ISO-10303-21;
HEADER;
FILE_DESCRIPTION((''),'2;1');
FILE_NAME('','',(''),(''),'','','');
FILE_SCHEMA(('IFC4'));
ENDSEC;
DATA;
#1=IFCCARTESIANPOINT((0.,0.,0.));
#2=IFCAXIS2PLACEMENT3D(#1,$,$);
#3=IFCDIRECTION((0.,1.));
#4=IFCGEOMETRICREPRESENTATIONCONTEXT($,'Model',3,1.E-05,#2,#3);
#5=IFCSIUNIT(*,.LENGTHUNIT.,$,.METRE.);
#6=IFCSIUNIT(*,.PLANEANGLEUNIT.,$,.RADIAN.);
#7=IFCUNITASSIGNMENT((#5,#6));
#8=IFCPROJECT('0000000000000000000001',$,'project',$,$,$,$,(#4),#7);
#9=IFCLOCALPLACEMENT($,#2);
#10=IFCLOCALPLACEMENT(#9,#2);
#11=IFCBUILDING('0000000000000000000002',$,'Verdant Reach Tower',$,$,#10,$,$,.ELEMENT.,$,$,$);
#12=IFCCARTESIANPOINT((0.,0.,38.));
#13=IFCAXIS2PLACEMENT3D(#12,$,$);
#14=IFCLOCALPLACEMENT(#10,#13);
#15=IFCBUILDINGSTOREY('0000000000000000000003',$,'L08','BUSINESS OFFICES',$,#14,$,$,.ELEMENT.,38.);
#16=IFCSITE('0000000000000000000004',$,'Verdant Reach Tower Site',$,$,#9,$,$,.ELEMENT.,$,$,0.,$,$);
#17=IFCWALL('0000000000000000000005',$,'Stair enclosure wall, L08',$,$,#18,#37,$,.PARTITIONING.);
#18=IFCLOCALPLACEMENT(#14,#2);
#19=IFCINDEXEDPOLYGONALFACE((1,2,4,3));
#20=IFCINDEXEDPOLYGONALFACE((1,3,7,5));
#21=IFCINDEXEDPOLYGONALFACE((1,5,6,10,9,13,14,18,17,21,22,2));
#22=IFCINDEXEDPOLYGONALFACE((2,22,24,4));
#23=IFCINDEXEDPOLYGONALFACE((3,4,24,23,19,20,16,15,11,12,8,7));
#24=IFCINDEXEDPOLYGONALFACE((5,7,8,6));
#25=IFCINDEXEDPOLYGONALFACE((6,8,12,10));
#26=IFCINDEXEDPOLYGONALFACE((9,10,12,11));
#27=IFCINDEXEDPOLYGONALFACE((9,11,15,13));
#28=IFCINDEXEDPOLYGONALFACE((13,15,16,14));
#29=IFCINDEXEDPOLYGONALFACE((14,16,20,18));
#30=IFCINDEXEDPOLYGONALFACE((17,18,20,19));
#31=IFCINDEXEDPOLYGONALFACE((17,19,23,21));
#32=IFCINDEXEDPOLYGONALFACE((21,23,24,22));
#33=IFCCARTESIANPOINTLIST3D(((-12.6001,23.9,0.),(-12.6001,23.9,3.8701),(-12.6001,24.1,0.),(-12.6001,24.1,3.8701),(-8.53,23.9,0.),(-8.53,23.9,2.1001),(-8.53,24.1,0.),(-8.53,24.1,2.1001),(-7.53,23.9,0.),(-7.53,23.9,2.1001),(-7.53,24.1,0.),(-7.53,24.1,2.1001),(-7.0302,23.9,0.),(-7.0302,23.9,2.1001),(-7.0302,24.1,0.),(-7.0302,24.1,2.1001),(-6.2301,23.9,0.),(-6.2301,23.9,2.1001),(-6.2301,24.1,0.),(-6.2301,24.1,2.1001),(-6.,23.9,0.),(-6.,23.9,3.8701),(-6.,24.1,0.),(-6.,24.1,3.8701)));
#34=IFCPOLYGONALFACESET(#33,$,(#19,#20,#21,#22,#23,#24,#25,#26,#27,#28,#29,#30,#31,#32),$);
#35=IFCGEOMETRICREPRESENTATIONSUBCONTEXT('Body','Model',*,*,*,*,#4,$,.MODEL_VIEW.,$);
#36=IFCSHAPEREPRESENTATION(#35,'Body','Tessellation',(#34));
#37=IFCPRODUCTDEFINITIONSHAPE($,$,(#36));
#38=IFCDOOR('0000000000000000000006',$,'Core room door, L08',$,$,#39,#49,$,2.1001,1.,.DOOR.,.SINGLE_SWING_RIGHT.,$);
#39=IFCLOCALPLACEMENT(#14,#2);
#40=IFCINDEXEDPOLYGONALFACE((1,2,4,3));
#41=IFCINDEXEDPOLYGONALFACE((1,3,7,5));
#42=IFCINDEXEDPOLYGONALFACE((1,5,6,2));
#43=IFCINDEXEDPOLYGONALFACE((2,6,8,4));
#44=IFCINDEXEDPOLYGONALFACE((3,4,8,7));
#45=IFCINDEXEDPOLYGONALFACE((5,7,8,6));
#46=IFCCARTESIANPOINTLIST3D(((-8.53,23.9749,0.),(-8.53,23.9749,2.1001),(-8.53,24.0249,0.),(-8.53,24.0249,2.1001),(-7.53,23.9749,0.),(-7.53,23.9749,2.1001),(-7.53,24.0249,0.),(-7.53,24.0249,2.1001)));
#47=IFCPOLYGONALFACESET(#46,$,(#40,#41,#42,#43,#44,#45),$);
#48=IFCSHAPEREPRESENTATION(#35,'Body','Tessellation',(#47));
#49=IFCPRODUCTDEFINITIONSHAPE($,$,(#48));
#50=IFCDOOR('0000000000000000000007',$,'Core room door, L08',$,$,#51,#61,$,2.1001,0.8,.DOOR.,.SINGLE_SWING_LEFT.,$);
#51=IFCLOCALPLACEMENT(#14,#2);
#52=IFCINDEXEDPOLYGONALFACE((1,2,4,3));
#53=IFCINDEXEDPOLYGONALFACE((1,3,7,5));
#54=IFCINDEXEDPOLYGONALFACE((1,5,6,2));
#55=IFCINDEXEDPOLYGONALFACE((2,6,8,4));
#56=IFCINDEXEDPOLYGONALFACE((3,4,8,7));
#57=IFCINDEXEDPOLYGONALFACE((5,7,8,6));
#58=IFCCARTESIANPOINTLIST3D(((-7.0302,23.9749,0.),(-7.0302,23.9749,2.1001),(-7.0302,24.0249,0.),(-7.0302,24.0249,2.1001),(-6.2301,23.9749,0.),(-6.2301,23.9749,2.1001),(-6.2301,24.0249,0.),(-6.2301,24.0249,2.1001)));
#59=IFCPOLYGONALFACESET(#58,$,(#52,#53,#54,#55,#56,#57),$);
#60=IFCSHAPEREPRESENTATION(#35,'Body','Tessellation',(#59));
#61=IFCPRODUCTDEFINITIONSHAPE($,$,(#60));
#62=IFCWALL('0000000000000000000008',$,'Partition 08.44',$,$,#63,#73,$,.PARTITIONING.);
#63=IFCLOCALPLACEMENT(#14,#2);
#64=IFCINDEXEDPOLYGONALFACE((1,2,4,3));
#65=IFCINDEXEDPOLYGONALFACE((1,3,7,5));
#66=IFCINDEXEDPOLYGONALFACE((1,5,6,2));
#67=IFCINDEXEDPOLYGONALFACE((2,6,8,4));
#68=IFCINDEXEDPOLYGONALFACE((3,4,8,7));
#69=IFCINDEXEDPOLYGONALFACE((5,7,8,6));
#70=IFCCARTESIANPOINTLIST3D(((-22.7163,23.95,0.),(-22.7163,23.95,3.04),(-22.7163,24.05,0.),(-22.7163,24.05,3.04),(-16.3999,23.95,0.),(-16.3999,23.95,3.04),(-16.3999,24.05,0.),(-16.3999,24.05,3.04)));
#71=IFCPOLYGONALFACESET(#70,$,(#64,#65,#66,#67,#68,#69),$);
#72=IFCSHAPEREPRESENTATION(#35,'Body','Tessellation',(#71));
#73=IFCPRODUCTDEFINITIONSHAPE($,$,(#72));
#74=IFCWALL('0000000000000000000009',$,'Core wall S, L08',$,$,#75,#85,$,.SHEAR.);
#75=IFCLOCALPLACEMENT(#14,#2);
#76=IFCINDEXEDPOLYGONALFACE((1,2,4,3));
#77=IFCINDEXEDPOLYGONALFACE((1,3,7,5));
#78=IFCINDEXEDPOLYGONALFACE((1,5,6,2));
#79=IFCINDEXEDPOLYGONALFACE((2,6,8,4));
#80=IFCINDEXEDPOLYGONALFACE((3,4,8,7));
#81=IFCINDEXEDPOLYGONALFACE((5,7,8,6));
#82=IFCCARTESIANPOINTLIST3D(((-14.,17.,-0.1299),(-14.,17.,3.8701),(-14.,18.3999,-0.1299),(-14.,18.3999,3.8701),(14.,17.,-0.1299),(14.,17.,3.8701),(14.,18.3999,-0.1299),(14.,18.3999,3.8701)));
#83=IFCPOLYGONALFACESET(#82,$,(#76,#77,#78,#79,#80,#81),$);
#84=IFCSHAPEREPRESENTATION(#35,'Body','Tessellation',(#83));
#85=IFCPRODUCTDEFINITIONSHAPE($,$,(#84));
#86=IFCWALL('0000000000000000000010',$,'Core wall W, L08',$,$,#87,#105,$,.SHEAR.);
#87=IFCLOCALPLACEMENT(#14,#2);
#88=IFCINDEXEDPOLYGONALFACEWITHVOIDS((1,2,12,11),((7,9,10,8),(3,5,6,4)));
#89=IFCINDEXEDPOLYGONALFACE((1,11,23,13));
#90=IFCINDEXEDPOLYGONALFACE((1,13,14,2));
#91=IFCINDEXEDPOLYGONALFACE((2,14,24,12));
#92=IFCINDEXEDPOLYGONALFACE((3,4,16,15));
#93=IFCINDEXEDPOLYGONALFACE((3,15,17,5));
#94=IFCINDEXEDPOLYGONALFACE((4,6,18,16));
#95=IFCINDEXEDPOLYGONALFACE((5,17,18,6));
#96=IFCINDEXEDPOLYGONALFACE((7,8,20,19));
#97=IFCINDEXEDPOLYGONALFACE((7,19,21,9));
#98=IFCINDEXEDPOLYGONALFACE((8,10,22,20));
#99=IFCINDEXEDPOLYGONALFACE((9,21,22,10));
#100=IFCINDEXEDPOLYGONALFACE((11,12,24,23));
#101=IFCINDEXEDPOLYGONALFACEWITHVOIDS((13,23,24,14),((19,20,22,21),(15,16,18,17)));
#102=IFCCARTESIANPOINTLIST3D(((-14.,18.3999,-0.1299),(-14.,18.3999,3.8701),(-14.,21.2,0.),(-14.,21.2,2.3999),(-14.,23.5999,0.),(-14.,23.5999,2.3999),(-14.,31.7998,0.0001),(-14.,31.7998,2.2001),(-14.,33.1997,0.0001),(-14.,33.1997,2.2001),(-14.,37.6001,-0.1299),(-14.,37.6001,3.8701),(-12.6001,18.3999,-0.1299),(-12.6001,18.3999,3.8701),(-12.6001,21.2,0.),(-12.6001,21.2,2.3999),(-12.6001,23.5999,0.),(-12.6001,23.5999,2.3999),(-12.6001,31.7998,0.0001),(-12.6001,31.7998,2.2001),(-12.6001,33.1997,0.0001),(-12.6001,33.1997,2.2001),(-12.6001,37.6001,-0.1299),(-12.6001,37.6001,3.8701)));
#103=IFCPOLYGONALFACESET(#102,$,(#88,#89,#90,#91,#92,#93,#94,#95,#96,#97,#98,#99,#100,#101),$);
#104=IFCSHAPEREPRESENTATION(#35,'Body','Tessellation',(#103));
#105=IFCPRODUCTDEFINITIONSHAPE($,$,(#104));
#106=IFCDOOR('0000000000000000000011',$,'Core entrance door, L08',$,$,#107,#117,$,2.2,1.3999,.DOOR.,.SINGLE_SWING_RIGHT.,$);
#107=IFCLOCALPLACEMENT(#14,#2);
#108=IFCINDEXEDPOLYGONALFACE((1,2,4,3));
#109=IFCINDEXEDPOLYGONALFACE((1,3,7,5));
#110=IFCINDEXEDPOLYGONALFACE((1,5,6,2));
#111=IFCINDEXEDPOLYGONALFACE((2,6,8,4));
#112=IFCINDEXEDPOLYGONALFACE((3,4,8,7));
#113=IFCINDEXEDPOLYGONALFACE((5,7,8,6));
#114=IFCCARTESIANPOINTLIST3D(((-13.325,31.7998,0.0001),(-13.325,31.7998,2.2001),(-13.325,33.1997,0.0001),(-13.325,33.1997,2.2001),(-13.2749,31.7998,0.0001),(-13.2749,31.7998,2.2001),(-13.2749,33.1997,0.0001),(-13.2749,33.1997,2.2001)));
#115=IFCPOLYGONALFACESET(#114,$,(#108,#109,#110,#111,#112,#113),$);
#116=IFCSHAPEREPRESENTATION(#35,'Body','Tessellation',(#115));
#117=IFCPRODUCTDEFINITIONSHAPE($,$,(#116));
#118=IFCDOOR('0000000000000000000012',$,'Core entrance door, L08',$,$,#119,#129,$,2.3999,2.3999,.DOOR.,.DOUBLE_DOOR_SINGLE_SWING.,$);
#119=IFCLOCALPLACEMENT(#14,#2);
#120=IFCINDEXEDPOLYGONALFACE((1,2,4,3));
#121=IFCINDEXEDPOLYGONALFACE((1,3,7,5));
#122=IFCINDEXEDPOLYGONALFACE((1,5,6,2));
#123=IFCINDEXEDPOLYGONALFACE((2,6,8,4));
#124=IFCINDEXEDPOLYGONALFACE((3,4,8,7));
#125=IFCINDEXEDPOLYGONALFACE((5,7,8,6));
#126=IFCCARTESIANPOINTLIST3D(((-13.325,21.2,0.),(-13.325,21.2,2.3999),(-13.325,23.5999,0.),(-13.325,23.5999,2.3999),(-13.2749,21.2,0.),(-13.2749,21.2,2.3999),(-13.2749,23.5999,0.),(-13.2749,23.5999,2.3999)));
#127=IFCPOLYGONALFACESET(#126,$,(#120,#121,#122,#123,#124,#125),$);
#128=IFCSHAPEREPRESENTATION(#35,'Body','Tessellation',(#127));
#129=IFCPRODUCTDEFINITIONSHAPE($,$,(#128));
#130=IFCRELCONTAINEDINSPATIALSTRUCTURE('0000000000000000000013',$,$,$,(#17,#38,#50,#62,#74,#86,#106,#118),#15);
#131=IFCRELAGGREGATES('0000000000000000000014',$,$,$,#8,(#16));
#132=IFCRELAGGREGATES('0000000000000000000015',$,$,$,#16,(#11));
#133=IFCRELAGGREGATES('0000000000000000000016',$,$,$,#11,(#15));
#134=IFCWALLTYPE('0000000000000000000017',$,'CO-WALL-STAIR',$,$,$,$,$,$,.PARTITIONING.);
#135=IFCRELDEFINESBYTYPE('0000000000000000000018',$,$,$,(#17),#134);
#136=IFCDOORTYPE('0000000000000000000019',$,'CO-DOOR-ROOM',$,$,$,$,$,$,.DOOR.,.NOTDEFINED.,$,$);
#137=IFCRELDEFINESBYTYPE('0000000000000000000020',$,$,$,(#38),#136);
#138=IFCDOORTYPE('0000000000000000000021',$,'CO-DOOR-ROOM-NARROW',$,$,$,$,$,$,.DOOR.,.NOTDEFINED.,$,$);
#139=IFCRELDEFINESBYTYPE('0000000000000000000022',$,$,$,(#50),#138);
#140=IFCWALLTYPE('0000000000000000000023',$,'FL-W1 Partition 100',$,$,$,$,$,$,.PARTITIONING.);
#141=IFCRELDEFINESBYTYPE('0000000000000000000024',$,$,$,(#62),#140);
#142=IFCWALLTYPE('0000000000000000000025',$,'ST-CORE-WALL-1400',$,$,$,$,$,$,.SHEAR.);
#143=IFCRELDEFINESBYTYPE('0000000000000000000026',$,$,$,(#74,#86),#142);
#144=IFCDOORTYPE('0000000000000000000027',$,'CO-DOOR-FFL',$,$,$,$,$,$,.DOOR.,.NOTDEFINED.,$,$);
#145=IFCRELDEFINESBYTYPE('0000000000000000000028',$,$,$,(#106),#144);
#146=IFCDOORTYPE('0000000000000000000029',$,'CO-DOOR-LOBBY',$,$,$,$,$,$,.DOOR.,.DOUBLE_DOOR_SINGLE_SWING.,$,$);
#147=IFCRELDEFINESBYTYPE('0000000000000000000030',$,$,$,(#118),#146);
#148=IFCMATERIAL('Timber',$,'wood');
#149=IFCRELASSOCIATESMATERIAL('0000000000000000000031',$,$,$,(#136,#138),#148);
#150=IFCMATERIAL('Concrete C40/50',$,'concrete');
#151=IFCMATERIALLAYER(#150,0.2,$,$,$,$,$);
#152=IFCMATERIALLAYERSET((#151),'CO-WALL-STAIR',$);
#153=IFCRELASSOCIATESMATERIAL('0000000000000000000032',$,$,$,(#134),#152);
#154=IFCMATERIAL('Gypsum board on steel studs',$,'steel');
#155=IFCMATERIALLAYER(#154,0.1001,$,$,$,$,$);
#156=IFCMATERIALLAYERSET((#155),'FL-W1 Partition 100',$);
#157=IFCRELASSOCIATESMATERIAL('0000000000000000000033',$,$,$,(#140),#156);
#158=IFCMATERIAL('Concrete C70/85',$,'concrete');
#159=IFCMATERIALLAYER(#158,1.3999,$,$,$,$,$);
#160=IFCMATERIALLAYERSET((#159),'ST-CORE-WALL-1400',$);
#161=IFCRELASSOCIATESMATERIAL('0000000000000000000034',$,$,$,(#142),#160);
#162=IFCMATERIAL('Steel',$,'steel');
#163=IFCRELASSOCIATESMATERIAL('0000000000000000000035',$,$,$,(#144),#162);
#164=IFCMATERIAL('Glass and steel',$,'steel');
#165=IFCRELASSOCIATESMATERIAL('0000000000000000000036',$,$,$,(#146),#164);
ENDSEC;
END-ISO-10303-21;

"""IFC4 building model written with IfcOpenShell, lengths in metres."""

from ifc_helpers import new_model, si_unit, direction, frame, frame_2d, origin, place, context, subcontext, project, spatial, rectangle, extrude, material, layer, layer_set, type_object, element, fill, save


model = new_model("IFC4")

# Units and contexts
model_context = context("Model", 3, precision=1e-05, world=origin(), true_north=direction((0.0, 1.0)))
body_context = subcontext(model_context, "Body", "Model", "MODEL_VIEW")
ifc_project = project(units=[si_unit("LENGTHUNIT", "METRE"), si_unit("PLANEANGLEUNIT", "RADIAN")], contexts=[model_context])

# Site, building, storey
site_placement = place(None, origin())
site = spatial("IfcSite", under=ifc_project, at=site_placement, Name="Verdant Reach Tower Site", CompositionType="ELEMENT", RefElevation=0.0)
building_placement = place(site_placement, origin())
building = spatial("IfcBuilding", under=site, at=building_placement, Name="Verdant Reach Tower", CompositionType="ELEMENT")
storey_placement = place(building_placement, frame((0.0, 0.0, 38.0)))
storey = spatial("IfcBuildingStorey", under=building, at=storey_placement, Name="L08", Description="BUSINESS OFFICES", CompositionType="ELEMENT", Elevation=38.0)

# Wall, openings, doors
ifc_material_1 = material(Name="Gypsum board on steel studs", Category="steel")
ifc_material_2 = material(Name="Timber", Category="wood")
door_type_1 = type_object("IfcDoorType", Name="CO-DOOR-ROOM", OperationType="NOTDEFINED", PredefinedType="DOOR", material=ifc_material_2)
ifc_material_3 = material(Name="Concrete C40/50", Category="concrete")
ifc_layer_1 = layer(ifc_material_3, 0.2)
ifc_layer_set_1 = layer_set([ifc_layer_1], Name="CO-WALL-STAIR")
wall_type_1 = type_object("IfcWallType", Name="CO-WALL-STAIR", PredefinedType="PARTITIONING", material=ifc_layer_set_1)
wall_1_placement = place(storey_placement, frame((-12.6001, 24.0, 0.0), z_axis=(0.0, 0.0, 1.0), x_axis=(1.0, 0.0, 0.0)))
wall_1 = element("IfcWall", 1, at=wall_1_placement, inside=storey, type_object=wall_type_1, Name="Stair enclosure wall, L08", PredefinedType="PARTITIONING", context=body_context, shape_type="SweptSolid", body=[
    extrude(rectangle(XDim=6.6001, YDim=0.2, at=frame_2d((3.3, 0.0))), origin(), (0.0, 0.0, 1.0), 3.8701),
])
opening_1_placement = place(wall_1_placement, frame((4.0701, 0.0, 0.0)))
opening_1 = element("IfcOpeningElement", 2, at=opening_1_placement, cuts=wall_1, PredefinedType="OPENING", context=body_context, shape_type="SweptSolid", body=[
    extrude(rectangle(XDim=1.0, YDim=2.1001, at=frame_2d((0.5, 1.05))), frame((0.0, 0.1099, 0.0), z_axis=(0.0, -1.0, 0.0), x_axis=(1.0, 0.0, 0.0)), (0.0, 0.0, 1.0), 0.22),
])
opening_2_placement = place(wall_1_placement, frame((5.5701, 0.0, 0.0)))
opening_2 = element("IfcOpeningElement", 3, at=opening_2_placement, cuts=wall_1, PredefinedType="OPENING", context=body_context, shape_type="SweptSolid", body=[
    extrude(rectangle(XDim=0.8, YDim=2.1001, at=frame_2d((0.3999, 1.05))), frame((0.0, 0.1099, 0.0), z_axis=(0.0, -1.0, 0.0), x_axis=(1.0, 0.0, 0.0)), (0.0, 0.0, 1.0), 0.22),
])
door_1_placement = place(opening_1_placement, origin())
door_1 = element("IfcDoor", 4, at=door_1_placement, inside=storey, type_object=door_type_1, Name="Core room door, L08", OperationType="SINGLE_SWING_RIGHT", OverallHeight=2.1001, OverallWidth=1.0, PredefinedType="DOOR", context=body_context, shape_type="SweptSolid", body=[
    extrude(rectangle(XDim=1.0, YDim=2.1001, at=frame_2d((0.5, 1.05))), frame((0.0, 0.0249, 0.0), z_axis=(0.0, -1.0, 0.0), x_axis=(1.0, 0.0, 0.0)), (0.0, 0.0, 1.0), 0.05),
])
fill(opening_1, door_1)
door_type_2 = type_object("IfcDoorType", Name="CO-DOOR-ROOM-NARROW", OperationType="NOTDEFINED", PredefinedType="DOOR", material=ifc_material_2)
door_2_placement = place(opening_2_placement, origin())
door_2 = element("IfcDoor", 5, at=door_2_placement, inside=storey, type_object=door_type_2, Name="Core room door, L08", OperationType="SINGLE_SWING_LEFT", OverallHeight=2.1001, OverallWidth=0.8, PredefinedType="DOOR", context=body_context, shape_type="SweptSolid", body=[
    extrude(rectangle(XDim=0.8, YDim=2.1001, at=frame_2d((0.3999, 1.05))), frame((0.0, 0.0249, 0.0), z_axis=(0.0, -1.0, 0.0), x_axis=(1.0, 0.0, 0.0)), (0.0, 0.0, 1.0), 0.05),
])
fill(opening_2, door_2)

# Walls
ifc_layer_2 = layer(ifc_material_1, 0.1001)
ifc_layer_set_2 = layer_set([ifc_layer_2], Name="FL-W1 Partition 100")
wall_type_2 = type_object("IfcWallType", Name="FL-W1 Partition 100", PredefinedType="PARTITIONING", material=ifc_layer_set_2)
wall_2_placement = place(storey_placement, frame((-16.3999, 24.0, 0.0), z_axis=(0.0, 0.0, 1.0), x_axis=(-1.0, 0.0, 0.0)))
element("IfcWall", 6, at=wall_2_placement, inside=storey, type_object=wall_type_2, Name="Partition 08.44", PredefinedType="PARTITIONING", context=body_context, shape_type="SweptSolid", body=[
    extrude(rectangle(XDim=6.3164, YDim=0.1001, at=frame_2d((3.1582, 0.0))), origin(), (0.0, 0.0, 1.0), 3.04),
])
ifc_material_4 = material(Name="Concrete C70/85", Category="concrete")
ifc_layer_3 = layer(ifc_material_4, 1.3999)
ifc_layer_set_3 = layer_set([ifc_layer_3], Name="ST-CORE-WALL-1400")
wall_type_3 = type_object("IfcWallType", Name="ST-CORE-WALL-1400", PredefinedType="SHEAR", material=ifc_layer_set_3)
wall_3_placement = place(storey_placement, frame((-14.0, 17.7, -0.1299), z_axis=(0.0, 0.0, 1.0), x_axis=(1.0, 0.0, 0.0)))
element("IfcWall", 7, at=wall_3_placement, inside=storey, type_object=wall_type_3, Name="Core wall S, L08", PredefinedType="SHEAR", context=body_context, shape_type="SweptSolid", body=[
    extrude(rectangle(XDim=28.0, YDim=1.3999, at=frame_2d((14.0, 0.0))), origin(), (0.0, 0.0, 1.0), 4.0),
])

# Wall, openings, doors
wall_4_placement = place(storey_placement, frame((-13.3, 18.3999, -0.1299), z_axis=(0.0, 0.0, 1.0), x_axis=(0.0, 1.0, 0.0)))
wall_4 = element("IfcWall", 8, at=wall_4_placement, inside=storey, type_object=wall_type_3, Name="Core wall W, L08", PredefinedType="SHEAR", context=body_context, shape_type="SweptSolid", body=[
    extrude(rectangle(XDim=19.2002, YDim=1.3999, at=frame_2d((9.6001, 0.0))), origin(), (0.0, 0.0, 1.0), 4.0),
])
opening_3_placement = place(wall_4_placement, frame((2.8, 0.0, 0.1299)))
opening_3 = element("IfcOpeningElement", 9, at=opening_3_placement, cuts=wall_4, PredefinedType="OPENING", context=body_context, shape_type="SweptSolid", body=[
    extrude(rectangle(XDim=2.3999, YDim=2.3999, at=frame_2d((1.2, 1.2))), frame((0.0, 0.71, 0.0), z_axis=(0.0, -1.0, 0.0), x_axis=(1.0, 0.0, 0.0)), (0.0, 0.0, 1.0), 1.4199),
])
opening_4_placement = place(wall_4_placement, frame((13.3999, 0.0, 0.1299)))
opening_4 = element("IfcOpeningElement", 10, at=opening_4_placement, cuts=wall_4, PredefinedType="OPENING", context=body_context, shape_type="SweptSolid", body=[
    extrude(rectangle(XDim=1.3999, YDim=2.2, at=frame_2d((0.7, 1.1001))), frame((0.0, 0.71, 0.0), z_axis=(0.0, -1.0, 0.0), x_axis=(1.0, 0.0, 0.0)), (0.0, 0.0, 1.0), 1.4199),
])
ifc_material_5 = material(Name="Steel", Category="steel")
door_type_3 = type_object("IfcDoorType", Name="CO-DOOR-FFL", OperationType="NOTDEFINED", PredefinedType="DOOR", material=ifc_material_5)
door_3_placement = place(opening_4_placement, origin())
door_3 = element("IfcDoor", 11, at=door_3_placement, inside=storey, type_object=door_type_3, Name="Core entrance door, L08", OperationType="SINGLE_SWING_RIGHT", OverallHeight=2.2, OverallWidth=1.3999, PredefinedType="DOOR", context=body_context, shape_type="SweptSolid", body=[
    extrude(rectangle(XDim=1.3999, YDim=2.2, at=frame_2d((0.7, 1.1001))), frame((0.0, 0.0249, 0.0), z_axis=(0.0, -1.0, 0.0), x_axis=(1.0, 0.0, 0.0)), (0.0, 0.0, 1.0), 0.05),
])
fill(opening_4, door_3)
ifc_material_6 = material(Name="Glass and steel", Category="steel")
door_type_4 = type_object("IfcDoorType", Name="CO-DOOR-LOBBY", OperationType="DOUBLE_DOOR_SINGLE_SWING", PredefinedType="DOOR", material=ifc_material_6)
door_4_placement = place(opening_3_placement, origin())
door_4 = element("IfcDoor", 12, at=door_4_placement, inside=storey, type_object=door_type_4, Name="Core entrance door, L08", OperationType="DOUBLE_DOOR_SINGLE_SWING", OverallHeight=2.3999, OverallWidth=2.3999, PredefinedType="DOOR", context=body_context, shape_type="SweptSolid", body=[
    extrude(rectangle(XDim=2.3999, YDim=2.3999, at=frame_2d((1.2, 1.2))), frame((0.0, 0.0249, 0.0), z_axis=(0.0, -1.0, 0.0), x_axis=(1.0, 0.0, 0.0)), (0.0, 0.0, 1.0), 0.05),
])
fill(opening_3, door_4)

save(model, "model.ifc")
